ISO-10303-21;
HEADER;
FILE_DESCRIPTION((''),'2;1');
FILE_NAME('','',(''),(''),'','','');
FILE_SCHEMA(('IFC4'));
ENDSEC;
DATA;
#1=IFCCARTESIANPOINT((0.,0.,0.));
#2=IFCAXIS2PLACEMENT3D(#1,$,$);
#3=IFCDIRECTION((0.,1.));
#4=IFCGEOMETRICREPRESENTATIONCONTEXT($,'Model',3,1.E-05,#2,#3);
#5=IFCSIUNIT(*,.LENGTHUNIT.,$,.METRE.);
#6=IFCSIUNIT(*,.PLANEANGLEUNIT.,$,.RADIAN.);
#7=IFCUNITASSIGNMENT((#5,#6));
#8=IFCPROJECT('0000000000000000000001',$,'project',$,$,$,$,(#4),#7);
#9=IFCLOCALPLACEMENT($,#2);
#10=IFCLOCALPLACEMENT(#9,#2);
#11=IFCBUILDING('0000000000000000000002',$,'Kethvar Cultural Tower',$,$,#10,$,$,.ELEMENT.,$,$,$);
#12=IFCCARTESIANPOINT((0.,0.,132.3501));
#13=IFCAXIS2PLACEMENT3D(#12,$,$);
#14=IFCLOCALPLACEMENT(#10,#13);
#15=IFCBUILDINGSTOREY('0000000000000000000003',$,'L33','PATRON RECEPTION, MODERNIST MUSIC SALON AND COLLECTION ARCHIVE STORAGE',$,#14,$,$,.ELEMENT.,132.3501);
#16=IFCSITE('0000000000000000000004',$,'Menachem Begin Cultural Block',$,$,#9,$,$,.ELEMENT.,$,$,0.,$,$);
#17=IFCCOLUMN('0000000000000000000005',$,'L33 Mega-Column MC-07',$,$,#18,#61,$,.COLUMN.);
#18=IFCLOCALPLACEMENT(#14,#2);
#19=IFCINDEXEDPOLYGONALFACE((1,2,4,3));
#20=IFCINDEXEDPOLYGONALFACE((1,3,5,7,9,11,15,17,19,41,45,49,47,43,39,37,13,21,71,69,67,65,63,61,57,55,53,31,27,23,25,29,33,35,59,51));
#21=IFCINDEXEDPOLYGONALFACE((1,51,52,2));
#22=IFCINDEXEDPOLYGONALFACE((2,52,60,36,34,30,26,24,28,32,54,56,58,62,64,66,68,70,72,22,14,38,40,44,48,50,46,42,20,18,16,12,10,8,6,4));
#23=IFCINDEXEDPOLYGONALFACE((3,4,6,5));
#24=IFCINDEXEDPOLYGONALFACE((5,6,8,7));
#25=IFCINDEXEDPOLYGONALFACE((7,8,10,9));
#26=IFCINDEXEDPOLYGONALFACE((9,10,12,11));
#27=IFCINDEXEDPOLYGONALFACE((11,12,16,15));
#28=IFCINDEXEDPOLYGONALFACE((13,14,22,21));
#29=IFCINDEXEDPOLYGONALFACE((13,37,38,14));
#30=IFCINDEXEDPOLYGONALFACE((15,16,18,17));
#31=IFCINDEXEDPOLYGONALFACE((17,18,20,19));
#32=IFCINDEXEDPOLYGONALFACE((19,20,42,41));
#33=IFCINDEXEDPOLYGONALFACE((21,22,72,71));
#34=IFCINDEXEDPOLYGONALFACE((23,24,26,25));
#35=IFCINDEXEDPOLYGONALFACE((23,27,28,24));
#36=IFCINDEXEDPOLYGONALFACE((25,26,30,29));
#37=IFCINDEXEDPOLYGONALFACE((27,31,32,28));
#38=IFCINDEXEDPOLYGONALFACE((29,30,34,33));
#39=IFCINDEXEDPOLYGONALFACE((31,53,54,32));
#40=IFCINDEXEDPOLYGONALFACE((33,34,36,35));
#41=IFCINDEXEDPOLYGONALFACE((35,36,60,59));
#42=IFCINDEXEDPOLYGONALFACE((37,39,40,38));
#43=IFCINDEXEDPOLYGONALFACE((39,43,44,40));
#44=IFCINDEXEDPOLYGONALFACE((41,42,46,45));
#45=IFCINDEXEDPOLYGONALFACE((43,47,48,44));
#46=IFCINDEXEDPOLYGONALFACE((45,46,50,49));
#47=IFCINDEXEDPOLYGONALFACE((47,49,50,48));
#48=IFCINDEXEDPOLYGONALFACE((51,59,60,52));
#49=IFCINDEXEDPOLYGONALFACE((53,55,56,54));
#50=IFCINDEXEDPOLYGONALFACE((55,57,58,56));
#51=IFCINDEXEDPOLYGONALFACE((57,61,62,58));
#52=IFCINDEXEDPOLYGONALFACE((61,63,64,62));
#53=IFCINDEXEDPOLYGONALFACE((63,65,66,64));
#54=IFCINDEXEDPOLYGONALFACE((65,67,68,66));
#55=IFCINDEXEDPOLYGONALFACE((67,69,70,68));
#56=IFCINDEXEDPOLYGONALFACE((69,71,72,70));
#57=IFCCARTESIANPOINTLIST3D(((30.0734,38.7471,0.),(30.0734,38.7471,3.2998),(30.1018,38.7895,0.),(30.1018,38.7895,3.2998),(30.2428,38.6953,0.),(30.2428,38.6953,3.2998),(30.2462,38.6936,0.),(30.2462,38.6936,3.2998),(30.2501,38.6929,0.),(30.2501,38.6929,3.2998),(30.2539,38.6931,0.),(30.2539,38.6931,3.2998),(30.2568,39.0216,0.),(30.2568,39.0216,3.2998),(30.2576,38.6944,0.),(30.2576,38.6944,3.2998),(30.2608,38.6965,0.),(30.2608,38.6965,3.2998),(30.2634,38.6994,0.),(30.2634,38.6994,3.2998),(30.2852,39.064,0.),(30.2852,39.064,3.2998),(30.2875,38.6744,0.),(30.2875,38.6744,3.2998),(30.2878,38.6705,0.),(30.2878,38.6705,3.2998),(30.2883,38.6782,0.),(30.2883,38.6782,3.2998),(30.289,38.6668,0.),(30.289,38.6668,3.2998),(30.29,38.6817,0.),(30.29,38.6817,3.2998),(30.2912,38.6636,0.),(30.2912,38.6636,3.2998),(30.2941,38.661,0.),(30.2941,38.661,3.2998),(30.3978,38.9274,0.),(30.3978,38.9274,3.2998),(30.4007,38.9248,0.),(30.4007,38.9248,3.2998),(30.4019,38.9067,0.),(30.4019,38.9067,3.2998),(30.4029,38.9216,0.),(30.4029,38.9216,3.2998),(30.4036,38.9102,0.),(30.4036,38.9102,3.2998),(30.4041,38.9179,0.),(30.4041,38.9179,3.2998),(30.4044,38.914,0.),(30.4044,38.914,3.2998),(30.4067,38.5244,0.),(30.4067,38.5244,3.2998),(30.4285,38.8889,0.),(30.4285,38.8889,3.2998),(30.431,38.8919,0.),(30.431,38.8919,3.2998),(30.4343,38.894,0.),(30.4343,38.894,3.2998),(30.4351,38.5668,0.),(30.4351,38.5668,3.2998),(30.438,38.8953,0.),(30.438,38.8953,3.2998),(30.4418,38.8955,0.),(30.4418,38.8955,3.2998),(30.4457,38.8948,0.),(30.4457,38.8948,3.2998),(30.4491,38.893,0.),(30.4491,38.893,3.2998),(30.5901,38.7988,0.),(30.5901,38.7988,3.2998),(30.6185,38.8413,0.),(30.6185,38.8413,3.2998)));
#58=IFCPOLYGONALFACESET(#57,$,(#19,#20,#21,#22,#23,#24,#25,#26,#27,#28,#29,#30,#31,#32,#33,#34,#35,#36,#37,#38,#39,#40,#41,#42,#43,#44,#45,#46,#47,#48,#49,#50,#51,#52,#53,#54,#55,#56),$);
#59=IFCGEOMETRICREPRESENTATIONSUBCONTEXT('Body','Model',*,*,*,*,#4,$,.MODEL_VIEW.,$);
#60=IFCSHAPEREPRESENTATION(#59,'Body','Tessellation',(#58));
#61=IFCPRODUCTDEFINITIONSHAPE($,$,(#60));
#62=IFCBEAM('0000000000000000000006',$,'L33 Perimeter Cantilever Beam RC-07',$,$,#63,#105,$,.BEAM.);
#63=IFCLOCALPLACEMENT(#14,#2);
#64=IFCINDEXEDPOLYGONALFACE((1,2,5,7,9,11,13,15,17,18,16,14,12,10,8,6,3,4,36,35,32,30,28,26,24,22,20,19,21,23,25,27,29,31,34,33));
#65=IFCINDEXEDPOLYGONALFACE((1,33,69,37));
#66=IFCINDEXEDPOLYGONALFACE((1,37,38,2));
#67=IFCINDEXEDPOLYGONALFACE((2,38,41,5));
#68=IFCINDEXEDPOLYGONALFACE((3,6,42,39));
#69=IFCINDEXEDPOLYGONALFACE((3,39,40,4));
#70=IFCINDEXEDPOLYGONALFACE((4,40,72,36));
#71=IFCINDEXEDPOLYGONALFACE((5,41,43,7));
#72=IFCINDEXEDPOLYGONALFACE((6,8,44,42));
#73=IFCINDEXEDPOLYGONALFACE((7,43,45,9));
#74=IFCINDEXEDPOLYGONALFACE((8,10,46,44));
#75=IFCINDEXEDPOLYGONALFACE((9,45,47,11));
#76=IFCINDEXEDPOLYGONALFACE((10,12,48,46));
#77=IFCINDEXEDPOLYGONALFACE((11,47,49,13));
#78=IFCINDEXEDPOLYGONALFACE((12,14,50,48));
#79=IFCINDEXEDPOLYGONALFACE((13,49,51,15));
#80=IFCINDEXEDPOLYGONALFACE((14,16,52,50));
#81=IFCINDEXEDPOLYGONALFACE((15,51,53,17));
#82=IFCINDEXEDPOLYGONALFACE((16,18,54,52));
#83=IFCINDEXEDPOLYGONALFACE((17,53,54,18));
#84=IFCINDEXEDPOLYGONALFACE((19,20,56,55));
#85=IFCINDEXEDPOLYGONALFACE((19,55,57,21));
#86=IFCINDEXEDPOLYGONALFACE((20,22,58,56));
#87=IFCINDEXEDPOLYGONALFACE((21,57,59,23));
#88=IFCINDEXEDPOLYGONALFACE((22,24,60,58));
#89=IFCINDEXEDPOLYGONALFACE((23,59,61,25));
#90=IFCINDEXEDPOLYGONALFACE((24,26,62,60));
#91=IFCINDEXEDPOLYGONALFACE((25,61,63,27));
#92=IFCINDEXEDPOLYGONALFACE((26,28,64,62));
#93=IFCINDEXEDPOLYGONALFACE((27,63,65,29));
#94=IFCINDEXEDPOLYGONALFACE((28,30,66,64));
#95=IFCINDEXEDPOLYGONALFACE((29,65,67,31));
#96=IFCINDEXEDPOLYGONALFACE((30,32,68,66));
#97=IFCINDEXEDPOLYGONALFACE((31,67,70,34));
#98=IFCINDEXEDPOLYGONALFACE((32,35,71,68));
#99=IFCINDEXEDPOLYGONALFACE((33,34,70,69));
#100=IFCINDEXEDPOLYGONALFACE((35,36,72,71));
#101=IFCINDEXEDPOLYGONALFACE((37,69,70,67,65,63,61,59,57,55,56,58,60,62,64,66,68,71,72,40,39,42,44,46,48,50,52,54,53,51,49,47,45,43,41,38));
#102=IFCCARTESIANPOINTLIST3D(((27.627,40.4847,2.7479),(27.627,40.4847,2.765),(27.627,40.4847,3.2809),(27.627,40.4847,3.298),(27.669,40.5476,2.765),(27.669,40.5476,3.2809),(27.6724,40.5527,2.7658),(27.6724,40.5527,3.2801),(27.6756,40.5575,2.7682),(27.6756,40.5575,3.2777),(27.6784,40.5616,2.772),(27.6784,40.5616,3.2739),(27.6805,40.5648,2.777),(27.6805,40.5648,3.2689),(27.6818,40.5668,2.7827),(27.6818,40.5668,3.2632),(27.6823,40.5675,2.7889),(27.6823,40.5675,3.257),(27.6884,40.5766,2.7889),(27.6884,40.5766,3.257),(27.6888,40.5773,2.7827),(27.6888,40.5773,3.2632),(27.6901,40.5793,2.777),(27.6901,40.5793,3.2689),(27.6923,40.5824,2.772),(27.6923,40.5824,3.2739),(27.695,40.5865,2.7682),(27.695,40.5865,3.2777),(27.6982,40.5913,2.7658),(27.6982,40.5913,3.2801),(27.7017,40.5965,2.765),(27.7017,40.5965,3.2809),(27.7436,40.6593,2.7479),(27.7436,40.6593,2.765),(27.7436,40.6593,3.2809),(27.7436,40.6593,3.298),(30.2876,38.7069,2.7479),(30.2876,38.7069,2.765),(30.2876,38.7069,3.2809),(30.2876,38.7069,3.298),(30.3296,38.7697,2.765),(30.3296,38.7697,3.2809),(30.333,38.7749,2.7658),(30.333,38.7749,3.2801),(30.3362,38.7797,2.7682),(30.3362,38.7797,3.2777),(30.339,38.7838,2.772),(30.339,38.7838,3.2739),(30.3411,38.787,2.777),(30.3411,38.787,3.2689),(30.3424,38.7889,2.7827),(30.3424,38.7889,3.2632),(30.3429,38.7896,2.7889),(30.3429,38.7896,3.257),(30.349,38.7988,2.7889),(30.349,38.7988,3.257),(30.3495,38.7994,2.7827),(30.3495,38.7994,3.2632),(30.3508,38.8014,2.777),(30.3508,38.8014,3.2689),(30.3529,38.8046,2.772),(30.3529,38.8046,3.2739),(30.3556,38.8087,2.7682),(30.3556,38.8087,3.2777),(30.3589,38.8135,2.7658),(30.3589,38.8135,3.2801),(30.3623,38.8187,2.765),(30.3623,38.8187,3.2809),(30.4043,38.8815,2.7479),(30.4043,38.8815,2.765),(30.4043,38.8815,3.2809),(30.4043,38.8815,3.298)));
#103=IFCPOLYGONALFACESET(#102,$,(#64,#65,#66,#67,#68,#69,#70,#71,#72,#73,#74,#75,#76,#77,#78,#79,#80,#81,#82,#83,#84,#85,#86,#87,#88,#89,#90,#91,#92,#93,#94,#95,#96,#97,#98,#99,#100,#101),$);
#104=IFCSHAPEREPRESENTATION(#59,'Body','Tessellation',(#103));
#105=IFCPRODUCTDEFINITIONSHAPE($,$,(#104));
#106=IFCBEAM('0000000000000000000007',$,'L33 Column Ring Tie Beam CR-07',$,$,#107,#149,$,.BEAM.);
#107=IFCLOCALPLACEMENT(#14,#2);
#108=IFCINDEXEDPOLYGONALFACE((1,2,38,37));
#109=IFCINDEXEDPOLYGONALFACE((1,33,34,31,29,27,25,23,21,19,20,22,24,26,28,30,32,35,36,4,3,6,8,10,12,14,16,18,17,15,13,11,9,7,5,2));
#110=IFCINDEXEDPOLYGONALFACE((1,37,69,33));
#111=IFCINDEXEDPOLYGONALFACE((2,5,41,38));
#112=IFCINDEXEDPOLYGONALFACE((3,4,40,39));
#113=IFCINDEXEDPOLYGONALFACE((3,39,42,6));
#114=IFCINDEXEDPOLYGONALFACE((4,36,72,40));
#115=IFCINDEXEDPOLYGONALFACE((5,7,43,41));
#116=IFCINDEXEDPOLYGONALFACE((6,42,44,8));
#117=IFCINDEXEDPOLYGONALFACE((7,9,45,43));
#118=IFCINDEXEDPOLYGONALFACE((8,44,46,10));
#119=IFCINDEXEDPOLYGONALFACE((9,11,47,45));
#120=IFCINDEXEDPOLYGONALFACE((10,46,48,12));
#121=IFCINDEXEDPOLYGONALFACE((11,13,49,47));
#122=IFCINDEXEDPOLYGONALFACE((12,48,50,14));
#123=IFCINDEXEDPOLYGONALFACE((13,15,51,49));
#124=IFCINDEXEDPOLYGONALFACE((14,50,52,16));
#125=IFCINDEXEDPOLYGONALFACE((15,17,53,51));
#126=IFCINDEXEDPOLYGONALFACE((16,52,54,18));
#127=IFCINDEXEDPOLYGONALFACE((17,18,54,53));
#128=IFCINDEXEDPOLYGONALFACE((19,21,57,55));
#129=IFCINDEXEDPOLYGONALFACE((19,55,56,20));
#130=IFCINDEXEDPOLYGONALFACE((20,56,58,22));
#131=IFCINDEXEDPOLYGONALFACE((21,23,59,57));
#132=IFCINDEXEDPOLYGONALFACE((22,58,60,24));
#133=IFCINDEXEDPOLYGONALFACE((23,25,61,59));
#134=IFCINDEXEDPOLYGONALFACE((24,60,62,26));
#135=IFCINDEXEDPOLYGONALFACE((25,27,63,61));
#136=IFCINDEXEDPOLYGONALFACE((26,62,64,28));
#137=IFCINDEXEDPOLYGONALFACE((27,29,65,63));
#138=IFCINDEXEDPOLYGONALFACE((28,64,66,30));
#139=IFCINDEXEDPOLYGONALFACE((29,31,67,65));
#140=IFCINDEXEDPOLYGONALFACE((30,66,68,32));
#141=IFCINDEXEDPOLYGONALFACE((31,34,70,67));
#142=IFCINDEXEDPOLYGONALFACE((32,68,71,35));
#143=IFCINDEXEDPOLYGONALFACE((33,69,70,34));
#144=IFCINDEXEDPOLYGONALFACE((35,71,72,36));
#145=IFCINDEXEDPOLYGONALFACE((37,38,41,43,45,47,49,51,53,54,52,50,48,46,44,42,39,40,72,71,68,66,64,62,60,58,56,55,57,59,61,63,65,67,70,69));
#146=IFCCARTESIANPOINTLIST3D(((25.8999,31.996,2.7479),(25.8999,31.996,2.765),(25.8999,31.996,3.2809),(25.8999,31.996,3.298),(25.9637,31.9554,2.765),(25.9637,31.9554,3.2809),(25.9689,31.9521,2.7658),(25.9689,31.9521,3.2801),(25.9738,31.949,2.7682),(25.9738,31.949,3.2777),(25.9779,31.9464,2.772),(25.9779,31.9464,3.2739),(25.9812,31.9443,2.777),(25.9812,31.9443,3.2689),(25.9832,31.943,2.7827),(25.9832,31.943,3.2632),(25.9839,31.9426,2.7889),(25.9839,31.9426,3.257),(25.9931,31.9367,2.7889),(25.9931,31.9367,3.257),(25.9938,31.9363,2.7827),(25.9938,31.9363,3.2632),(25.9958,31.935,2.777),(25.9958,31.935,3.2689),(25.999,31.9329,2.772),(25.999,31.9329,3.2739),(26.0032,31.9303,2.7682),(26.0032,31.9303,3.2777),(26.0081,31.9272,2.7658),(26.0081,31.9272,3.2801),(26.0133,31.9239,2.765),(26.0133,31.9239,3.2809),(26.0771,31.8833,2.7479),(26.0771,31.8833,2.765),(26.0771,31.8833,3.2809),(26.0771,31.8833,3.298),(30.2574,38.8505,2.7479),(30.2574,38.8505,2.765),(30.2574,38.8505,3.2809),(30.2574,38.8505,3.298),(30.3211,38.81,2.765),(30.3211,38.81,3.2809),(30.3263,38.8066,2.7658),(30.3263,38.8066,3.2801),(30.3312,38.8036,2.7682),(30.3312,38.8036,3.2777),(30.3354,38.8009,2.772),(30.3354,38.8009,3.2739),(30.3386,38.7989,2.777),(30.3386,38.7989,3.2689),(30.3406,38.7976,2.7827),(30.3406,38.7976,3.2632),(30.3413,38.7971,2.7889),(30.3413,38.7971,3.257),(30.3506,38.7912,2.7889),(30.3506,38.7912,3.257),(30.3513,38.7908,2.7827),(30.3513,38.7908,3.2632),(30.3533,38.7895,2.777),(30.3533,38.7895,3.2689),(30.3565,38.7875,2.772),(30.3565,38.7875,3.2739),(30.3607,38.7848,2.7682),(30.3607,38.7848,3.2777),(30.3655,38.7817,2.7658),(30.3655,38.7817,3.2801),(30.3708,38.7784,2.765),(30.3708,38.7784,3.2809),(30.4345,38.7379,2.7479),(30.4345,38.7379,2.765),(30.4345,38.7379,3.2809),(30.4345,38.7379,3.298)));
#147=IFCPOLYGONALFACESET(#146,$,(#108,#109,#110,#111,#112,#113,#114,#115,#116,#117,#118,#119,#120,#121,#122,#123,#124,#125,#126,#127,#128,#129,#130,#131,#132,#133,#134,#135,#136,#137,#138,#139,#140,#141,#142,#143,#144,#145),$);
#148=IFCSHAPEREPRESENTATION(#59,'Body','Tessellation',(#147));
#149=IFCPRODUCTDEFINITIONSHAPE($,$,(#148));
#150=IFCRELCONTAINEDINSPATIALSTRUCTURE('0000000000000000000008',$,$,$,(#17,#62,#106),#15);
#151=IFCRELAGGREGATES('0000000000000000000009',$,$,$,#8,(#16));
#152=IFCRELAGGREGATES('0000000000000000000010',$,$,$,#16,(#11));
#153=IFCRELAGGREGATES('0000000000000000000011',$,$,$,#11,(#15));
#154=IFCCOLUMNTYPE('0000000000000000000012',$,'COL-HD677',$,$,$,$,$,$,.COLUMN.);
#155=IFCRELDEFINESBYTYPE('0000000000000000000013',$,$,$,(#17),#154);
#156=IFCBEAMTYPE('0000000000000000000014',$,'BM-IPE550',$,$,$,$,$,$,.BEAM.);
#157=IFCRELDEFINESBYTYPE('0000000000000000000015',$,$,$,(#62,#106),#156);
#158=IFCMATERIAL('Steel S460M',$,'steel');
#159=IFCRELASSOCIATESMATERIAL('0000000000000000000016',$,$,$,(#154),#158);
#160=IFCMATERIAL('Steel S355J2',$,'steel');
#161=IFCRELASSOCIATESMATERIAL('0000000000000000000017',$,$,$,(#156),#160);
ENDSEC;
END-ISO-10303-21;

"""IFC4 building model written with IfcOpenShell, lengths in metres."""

from ifc_helpers import new_model, si_unit, direction, frame, origin, origin_2d, place, context, subcontext, project, spatial, i_section, extrude, source, transform, mapped, material, material_profile, profile_set, type_object, element, save


model = new_model("IFC4")

# Units and contexts
model_context = context("Model", 3, precision=1e-05, world=origin(), true_north=direction((0.0, 1.0)))
body_context = subcontext(model_context, "Body", "Model", "MODEL_VIEW")
ifc_project = project(units=[si_unit("LENGTHUNIT", "METRE"), si_unit("PLANEANGLEUNIT", "RADIAN")], contexts=[model_context])

# Site, building, storey
site_placement = place(None, origin())
site = spatial("IfcSite", under=ifc_project, at=site_placement, Name="Menachem Begin Cultural Block", CompositionType="ELEMENT", RefElevation=0.0)
building_placement = place(site_placement, origin())
building = spatial("IfcBuilding", under=site, at=building_placement, Name="Kethvar Cultural Tower", CompositionType="ELEMENT")
storey_placement = place(building_placement, frame((0.0, 0.0, 132.3501)))
storey = spatial("IfcBuildingStorey", under=building, at=storey_placement, Name="L33", Description="PATRON RECEPTION, MODERNIST MUSIC SALON AND COLLECTION ARCHIVE STORAGE", CompositionType="ELEMENT", Elevation=132.3501)

# Column
ifc_material_1 = material(Name="Steel S460M", Category="steel")
ifc_material_profile_1 = material_profile(ifc_material_1, i_section(OverallWidth=0.4009, OverallDepth=0.3811, WebThickness=0.032, FlangeThickness=0.051, FilletRadius=0.0149, at=origin_2d()), Name="Steel S460M — HD400x677")
ifc_profile_set_1 = profile_set([ifc_material_profile_1], Name="Steel S460M — HD400x677")
column_type = type_object("IfcColumnType", Name="COL-HD677", PredefinedType="COLUMN", material=ifc_profile_set_1)
shared_shape_1 = source(origin(), body_context, "Body", "SweptSolid", [
    extrude(i_section(OverallWidth=0.4009, OverallDepth=0.3811, WebThickness=0.032, FlangeThickness=0.051, FilletRadius=0.0149, at=origin_2d()), origin(), (0.0, 0.0, 1.0), 3.2998),
])
column_placement = place(storey_placement, frame((30.3459, 38.7942, 0.0), z_axis=(0.0, 0.0, 1.0), x_axis=(-0.83147, 0.55557, 0.0)))
element("IfcColumn", 1, at=column_placement, inside=storey, type_object=column_type, Name="L33 Mega-Column MC-07", PredefinedType="COLUMN", context=body_context, shape_type="MappedRepresentation", body=[
    mapped(shared_shape_1, transform((0.0, 0.0, 0.0), scale=1.0)),
])

# Beams
ifc_material_2 = material(Name="Steel S355J2", Category="steel")
ifc_material_profile_2 = material_profile(ifc_material_2, i_section(OverallWidth=0.21, OverallDepth=0.55, WebThickness=0.011, FlangeThickness=0.0171, FilletRadius=0.0239, at=origin_2d()), Name="Steel S355J2 — IPE550")
ifc_profile_set_2 = profile_set([ifc_material_profile_2], Name="Steel S355J2 — IPE550")
beam_type_1 = type_object("IfcBeamType", Name="BM-IPE550", PredefinedType="BEAM", material=ifc_profile_set_2)
shared_shape_2 = source(origin(), body_context, "Body", "SweptSolid", [
    extrude(i_section(OverallWidth=0.21, OverallDepth=0.55, WebThickness=0.011, FlangeThickness=0.0171, FilletRadius=0.0239, at=origin_2d()), origin(), (0.0, 0.0, 1.0), 3.2),
])
beam_1_placement = place(storey_placement, frame((30.3459, 38.7942, 3.0229), z_axis=(-0.831463, 0.55558, 0.0), x_axis=(-0.55558, -0.831463, 0.0)))
element("IfcBeam", 2, at=beam_1_placement, inside=storey, type_object=beam_type_1, Name="L33 Perimeter Cantilever Beam RC-07", PredefinedType="BEAM", context=body_context, shape_type="MappedRepresentation", body=[
    mapped(shared_shape_2, transform((0.0, 0.0, 0.0), scale=1.0)),
])
shared_shape_3 = source(origin(), body_context, "Body", "SweptSolid", [
    extrude(i_section(OverallWidth=0.21, OverallDepth=0.55, WebThickness=0.011, FlangeThickness=0.0171, FilletRadius=0.0239, at=origin_2d()), origin(), (0.0, 0.0, 1.0), 8.1223),
])
beam_2_placement = place(storey_placement, frame((30.3459, 38.7942, 3.0229), z_axis=(-0.536479, -0.843914, 0.0), x_axis=(0.843914, -0.536479, 0.0)))
element("IfcBeam", 3, at=beam_2_placement, inside=storey, type_object=beam_type_1, Name="L33 Column Ring Tie Beam CR-07", PredefinedType="BEAM", context=body_context, shape_type="MappedRepresentation", body=[
    mapped(shared_shape_3, transform((0.0, 0.0, 0.0), scale=1.0)),
])

save(model, "model.ifc")
